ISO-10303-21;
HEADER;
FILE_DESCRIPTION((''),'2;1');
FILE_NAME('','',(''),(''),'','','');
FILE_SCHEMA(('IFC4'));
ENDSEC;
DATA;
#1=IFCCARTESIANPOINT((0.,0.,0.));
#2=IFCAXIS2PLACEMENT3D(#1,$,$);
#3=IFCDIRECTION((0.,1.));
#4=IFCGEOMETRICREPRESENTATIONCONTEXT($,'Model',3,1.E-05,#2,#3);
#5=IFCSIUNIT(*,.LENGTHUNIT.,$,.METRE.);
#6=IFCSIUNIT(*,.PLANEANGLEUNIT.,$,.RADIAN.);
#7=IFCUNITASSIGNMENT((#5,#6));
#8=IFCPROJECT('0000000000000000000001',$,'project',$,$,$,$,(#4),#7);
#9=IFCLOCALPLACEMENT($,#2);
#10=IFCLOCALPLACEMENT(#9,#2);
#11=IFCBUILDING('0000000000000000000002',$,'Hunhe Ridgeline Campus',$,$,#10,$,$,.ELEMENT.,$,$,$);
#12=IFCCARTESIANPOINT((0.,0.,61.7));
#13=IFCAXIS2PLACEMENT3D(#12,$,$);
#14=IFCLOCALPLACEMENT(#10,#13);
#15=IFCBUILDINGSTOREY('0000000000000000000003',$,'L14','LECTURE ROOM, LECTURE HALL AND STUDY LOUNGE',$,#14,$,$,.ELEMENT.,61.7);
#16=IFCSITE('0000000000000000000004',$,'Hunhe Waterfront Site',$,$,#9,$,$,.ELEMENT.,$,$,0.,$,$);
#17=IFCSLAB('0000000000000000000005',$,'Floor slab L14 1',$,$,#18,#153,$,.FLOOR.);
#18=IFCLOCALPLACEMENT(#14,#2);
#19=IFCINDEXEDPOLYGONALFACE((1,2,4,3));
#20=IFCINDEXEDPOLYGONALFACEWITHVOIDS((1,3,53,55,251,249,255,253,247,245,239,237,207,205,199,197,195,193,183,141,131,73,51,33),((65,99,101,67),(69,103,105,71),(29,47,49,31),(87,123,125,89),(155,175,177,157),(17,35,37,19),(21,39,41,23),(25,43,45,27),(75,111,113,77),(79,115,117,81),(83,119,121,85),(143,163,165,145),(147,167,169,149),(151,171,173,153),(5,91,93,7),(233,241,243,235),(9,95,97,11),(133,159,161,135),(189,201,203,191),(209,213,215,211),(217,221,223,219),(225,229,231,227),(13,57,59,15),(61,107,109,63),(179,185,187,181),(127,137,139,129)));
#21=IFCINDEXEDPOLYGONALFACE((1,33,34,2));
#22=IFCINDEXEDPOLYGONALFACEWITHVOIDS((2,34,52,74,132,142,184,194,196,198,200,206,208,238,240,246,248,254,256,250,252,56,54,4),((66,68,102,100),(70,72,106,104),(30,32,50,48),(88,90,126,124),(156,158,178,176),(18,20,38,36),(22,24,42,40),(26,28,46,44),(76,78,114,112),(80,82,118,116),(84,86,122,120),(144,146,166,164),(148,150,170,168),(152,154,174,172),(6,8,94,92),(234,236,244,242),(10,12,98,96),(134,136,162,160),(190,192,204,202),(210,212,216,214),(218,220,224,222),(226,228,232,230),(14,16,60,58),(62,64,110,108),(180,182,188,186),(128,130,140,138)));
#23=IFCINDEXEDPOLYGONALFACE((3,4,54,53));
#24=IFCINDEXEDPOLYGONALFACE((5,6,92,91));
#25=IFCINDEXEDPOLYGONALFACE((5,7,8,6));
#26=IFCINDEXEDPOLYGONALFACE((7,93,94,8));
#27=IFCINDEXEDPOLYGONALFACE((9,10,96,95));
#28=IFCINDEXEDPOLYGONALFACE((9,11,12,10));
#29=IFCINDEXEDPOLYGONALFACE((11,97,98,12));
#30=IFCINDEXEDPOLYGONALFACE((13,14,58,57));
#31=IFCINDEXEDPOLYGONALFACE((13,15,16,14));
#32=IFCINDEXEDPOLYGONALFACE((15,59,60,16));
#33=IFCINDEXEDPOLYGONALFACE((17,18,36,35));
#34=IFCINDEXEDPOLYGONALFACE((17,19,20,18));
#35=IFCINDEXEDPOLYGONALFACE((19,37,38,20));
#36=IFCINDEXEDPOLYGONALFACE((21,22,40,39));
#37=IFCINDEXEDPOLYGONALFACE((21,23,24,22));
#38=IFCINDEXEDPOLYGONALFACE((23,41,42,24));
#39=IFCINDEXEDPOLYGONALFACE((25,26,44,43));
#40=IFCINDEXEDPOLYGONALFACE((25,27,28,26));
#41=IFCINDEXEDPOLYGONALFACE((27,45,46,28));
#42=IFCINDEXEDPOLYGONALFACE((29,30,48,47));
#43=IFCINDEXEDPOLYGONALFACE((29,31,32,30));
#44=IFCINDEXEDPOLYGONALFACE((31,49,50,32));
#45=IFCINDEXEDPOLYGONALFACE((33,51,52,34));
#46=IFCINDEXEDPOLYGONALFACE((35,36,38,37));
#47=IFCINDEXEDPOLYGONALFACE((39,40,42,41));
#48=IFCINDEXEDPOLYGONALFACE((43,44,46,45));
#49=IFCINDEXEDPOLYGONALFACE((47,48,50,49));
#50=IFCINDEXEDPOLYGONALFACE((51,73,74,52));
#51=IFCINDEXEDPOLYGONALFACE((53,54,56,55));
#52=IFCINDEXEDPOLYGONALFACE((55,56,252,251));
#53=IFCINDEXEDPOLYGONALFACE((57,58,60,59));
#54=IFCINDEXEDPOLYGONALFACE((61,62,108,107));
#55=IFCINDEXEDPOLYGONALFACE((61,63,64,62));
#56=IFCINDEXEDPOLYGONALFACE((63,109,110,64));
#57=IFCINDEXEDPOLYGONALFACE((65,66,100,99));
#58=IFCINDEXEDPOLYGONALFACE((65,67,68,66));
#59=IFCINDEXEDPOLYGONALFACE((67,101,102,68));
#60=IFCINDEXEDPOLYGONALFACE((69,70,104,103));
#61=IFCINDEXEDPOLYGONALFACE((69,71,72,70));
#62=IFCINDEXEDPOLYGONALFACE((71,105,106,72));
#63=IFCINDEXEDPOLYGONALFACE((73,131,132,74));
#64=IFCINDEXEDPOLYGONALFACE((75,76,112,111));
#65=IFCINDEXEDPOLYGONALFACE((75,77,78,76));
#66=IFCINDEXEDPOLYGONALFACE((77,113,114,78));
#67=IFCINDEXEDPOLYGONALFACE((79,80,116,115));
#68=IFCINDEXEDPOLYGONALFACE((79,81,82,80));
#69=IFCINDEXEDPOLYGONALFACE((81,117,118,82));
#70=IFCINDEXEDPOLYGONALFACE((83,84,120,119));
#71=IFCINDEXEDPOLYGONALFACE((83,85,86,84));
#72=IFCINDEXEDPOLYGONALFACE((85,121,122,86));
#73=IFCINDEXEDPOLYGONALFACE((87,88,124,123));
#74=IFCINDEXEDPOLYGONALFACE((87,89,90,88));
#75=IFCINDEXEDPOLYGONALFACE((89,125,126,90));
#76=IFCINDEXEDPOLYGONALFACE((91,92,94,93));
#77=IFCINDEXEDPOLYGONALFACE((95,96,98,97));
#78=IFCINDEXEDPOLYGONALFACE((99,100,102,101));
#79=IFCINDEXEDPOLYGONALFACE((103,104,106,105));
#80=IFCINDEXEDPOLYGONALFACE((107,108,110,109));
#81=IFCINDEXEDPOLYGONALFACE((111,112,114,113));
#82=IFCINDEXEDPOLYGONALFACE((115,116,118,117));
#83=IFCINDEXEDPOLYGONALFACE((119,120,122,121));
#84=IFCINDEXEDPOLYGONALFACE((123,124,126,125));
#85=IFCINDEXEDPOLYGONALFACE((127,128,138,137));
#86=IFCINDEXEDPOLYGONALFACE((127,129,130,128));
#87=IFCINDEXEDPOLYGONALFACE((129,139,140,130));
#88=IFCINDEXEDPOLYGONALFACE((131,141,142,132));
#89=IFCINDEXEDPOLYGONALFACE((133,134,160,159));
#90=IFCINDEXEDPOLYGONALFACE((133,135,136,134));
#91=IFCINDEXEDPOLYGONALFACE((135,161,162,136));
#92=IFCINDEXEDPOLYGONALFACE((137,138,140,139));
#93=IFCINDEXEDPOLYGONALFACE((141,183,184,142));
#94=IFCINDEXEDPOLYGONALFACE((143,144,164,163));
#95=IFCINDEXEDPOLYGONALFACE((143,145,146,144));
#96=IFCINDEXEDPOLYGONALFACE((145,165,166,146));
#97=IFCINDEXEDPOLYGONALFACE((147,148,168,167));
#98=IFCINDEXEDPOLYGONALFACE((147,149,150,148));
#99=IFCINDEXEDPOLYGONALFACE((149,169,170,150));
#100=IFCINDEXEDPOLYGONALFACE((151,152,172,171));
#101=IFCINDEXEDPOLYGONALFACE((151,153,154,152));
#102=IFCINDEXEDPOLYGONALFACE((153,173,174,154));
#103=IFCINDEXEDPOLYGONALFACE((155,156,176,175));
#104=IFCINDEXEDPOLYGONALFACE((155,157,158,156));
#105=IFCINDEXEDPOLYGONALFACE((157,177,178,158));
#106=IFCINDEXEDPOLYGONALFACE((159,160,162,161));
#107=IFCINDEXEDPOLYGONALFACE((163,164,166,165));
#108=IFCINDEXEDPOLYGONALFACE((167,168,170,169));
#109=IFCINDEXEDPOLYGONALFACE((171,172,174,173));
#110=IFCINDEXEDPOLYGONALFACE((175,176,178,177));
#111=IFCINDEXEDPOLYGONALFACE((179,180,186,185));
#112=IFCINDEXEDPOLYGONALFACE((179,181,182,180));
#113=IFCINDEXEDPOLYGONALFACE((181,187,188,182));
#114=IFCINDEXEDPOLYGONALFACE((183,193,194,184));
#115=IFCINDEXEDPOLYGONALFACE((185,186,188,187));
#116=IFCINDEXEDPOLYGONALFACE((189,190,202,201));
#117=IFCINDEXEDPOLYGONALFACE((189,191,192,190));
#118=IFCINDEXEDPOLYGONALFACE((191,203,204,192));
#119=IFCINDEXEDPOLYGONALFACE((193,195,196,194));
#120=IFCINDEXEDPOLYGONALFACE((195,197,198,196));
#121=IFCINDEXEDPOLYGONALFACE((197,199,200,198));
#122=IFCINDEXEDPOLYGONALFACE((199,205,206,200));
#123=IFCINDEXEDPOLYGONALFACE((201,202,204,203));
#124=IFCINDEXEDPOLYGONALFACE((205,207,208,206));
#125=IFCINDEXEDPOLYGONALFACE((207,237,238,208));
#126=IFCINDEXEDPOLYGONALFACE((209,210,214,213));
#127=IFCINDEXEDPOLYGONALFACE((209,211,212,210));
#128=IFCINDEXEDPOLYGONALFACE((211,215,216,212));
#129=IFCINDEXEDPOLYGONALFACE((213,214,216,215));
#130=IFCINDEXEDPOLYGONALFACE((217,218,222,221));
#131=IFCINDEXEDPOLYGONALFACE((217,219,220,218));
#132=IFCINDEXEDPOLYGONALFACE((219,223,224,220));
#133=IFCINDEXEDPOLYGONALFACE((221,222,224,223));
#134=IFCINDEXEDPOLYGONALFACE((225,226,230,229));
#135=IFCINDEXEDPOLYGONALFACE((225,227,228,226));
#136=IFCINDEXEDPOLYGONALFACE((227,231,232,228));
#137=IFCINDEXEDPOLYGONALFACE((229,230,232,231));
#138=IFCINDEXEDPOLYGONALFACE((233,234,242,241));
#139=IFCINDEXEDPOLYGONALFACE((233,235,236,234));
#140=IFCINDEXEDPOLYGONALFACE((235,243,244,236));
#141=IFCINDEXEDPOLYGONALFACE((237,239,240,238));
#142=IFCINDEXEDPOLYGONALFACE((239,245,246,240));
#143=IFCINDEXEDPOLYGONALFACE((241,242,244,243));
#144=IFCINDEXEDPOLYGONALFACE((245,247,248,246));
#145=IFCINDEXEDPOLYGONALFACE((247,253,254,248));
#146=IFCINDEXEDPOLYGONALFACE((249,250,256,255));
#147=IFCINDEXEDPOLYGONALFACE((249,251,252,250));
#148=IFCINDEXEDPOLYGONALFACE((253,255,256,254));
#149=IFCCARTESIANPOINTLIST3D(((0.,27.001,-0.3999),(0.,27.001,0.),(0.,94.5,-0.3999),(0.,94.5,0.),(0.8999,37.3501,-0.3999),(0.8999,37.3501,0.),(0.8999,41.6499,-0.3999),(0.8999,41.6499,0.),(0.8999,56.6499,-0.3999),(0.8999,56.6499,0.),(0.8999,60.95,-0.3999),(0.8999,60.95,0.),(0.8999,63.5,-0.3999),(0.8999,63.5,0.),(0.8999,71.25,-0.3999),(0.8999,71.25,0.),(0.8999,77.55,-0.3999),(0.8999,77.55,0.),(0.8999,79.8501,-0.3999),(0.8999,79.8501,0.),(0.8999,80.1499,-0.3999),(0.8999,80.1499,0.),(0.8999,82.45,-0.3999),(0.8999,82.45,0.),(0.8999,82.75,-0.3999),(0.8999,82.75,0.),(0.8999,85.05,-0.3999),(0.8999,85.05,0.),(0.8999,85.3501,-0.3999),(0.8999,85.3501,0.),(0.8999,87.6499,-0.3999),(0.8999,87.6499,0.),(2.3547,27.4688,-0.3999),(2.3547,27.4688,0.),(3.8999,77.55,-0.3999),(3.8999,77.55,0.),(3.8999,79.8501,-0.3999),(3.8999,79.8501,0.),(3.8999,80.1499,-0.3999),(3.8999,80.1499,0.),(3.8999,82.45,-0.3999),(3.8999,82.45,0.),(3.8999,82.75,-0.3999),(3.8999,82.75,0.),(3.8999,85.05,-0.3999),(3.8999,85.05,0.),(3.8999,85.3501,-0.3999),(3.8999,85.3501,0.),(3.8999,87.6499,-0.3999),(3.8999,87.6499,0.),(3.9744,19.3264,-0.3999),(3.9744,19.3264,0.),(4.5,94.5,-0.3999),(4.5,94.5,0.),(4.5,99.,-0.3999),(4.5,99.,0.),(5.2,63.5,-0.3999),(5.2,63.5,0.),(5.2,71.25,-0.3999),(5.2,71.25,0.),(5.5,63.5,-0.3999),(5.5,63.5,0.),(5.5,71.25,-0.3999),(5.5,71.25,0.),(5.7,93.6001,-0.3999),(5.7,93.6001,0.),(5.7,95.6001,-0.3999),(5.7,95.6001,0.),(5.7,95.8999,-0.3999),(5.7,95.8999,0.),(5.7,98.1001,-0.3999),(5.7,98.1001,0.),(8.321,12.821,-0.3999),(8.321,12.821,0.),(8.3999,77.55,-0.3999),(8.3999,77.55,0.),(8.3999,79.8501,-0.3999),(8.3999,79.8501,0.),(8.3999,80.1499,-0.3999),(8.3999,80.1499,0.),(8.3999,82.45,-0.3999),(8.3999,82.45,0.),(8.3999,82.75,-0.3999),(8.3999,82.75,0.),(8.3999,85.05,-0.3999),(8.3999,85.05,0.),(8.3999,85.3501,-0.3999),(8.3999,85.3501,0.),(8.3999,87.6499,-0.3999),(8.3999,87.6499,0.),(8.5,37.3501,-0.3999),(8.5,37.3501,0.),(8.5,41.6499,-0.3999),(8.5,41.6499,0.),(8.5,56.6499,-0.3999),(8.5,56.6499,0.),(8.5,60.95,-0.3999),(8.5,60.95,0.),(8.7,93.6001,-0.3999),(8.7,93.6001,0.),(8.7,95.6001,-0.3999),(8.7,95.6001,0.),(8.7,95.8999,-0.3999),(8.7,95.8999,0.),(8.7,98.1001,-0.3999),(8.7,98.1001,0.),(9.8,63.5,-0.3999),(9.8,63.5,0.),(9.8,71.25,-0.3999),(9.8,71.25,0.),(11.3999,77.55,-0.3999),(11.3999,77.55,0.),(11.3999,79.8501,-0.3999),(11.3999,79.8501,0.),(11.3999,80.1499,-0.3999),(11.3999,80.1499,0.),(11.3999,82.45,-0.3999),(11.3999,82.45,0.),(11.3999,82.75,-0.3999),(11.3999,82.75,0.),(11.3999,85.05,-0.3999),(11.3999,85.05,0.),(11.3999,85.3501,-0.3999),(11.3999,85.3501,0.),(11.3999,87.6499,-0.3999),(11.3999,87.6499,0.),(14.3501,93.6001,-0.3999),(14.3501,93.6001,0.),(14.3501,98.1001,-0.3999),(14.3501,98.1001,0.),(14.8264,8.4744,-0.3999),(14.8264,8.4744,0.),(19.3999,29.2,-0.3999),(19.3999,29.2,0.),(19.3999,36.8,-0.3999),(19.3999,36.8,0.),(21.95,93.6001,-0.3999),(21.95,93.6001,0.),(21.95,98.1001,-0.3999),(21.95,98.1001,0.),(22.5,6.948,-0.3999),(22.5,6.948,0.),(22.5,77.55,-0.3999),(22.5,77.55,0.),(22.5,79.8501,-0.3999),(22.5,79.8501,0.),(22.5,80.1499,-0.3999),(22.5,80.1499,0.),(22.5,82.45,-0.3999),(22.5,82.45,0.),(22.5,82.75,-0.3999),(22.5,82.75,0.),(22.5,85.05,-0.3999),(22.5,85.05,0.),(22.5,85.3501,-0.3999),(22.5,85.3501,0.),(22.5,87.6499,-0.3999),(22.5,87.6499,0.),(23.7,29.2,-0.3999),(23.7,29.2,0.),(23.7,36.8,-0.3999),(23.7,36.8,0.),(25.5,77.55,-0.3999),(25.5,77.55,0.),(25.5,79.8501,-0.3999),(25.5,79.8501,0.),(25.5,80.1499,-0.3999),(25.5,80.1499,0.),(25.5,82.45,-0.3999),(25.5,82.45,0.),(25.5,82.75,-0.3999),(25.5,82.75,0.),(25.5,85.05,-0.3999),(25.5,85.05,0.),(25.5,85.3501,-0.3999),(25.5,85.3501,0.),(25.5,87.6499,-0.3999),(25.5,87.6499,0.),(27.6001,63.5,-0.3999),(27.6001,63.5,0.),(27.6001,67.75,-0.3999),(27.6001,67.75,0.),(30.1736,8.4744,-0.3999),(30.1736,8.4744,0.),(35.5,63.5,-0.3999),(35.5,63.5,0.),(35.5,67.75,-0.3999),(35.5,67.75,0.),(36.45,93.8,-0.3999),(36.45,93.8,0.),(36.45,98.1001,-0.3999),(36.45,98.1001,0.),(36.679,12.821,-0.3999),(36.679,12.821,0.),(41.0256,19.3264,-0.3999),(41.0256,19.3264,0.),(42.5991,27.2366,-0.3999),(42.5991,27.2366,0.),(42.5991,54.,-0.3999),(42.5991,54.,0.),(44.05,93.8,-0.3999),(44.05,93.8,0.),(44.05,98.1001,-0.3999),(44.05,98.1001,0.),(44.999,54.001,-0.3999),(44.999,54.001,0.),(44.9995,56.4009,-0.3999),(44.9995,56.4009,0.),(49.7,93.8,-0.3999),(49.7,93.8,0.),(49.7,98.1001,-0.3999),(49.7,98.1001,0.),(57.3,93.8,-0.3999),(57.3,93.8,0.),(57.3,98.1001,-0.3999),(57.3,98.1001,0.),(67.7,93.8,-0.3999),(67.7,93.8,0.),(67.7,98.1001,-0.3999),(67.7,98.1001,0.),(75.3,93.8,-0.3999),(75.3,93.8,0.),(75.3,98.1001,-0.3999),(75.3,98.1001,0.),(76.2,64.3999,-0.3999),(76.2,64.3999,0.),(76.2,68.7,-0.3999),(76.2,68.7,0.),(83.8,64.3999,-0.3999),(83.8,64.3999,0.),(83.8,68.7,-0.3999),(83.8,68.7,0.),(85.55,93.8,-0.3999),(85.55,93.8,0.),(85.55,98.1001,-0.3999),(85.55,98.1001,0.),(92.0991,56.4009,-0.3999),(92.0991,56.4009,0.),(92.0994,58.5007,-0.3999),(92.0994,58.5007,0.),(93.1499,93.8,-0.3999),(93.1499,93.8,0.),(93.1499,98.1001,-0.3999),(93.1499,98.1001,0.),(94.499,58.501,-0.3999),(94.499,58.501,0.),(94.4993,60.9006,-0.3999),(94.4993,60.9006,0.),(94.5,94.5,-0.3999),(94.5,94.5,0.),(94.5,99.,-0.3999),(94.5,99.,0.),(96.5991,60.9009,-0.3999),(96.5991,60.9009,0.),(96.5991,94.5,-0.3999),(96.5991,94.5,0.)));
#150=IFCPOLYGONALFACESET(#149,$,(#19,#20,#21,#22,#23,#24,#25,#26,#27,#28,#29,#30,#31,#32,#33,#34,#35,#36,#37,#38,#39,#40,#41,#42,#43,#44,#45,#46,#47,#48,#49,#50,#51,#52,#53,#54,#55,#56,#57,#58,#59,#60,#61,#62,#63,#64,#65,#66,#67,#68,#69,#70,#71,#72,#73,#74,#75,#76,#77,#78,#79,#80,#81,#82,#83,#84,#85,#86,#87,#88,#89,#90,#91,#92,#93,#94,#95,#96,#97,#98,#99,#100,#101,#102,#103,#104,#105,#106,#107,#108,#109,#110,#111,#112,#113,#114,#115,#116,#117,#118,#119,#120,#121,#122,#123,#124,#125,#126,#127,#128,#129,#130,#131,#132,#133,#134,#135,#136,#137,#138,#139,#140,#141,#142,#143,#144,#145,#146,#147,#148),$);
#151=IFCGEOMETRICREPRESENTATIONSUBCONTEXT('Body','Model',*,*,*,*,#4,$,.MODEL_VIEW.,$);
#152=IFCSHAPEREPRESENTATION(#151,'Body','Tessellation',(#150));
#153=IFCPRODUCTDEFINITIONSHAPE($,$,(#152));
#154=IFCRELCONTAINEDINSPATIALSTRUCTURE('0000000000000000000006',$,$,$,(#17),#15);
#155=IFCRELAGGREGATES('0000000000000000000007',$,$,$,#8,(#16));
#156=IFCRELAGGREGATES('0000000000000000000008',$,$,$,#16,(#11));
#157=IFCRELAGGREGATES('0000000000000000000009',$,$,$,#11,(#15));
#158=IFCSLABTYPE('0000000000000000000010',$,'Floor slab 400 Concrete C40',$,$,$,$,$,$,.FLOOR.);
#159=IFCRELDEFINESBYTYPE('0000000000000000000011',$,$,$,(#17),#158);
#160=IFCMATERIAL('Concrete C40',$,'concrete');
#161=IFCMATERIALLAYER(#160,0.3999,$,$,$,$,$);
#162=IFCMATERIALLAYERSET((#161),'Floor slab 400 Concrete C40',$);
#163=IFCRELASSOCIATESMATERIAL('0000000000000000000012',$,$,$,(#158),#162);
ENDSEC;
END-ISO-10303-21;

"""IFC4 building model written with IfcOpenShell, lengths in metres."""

from ifc_helpers import new_model, si_unit, direction, frame, origin, place, context, subcontext, project, spatial, polyline, outline, extrude, material, layer, layer_set, type_object, element, save


model = new_model("IFC4")

# Units and contexts
model_context = context("Model", 3, precision=1e-05, world=origin(), true_north=direction((0.0, 1.0)))
body_context = subcontext(model_context, "Body", "Model", "MODEL_VIEW")
ifc_project = project(units=[si_unit("LENGTHUNIT", "METRE"), si_unit("PLANEANGLEUNIT", "RADIAN")], contexts=[model_context])

# Site, building, storey
site_placement = place(None, origin())
site = spatial("IfcSite", under=ifc_project, at=site_placement, Name="Hunhe Waterfront Site", CompositionType="ELEMENT", RefElevation=0.0)
building_placement = place(site_placement, origin())
building = spatial("IfcBuilding", under=site, at=building_placement, Name="Hunhe Ridgeline Campus", CompositionType="ELEMENT")
storey_placement = place(building_placement, frame((0.0, 0.0, 61.7)))
storey = spatial("IfcBuildingStorey", under=building, at=storey_placement, Name="L14", Description="LECTURE ROOM, LECTURE HALL AND STUDY LOUNGE", CompositionType="ELEMENT", Elevation=61.7)

# Slab
ifc_material_1 = material(Name="Concrete C40", Category="concrete")
ifc_layer_1 = layer(ifc_material_1, 0.3999)
ifc_layer_set_1 = layer_set([ifc_layer_1], Name="Floor slab 400 Concrete C40")
slab_type_1 = type_object("IfcSlabType", Name="Floor slab 400 Concrete C40", PredefinedType="FLOOR", material=ifc_layer_set_1)
slab_1_placement = place(storey_placement, frame((0.0, 0.0, -0.3999)))
element("IfcSlab", 1, at=slab_1_placement, inside=storey, type_object=slab_type_1, Name="Floor slab L14 1", PredefinedType="FLOOR", context=body_context, shape_type="SweptSolid", body=[
    extrude(outline(polyline([(4.5, 94.5), (0.0, 94.5), (0.0, 27.001), (2.3547, 27.4688), (3.9744, 19.3264), (8.321, 12.821), (14.8264, 8.4744), (22.5, 6.948), (30.1736, 8.4744), (36.679, 12.821), (41.0256, 19.3264), (42.5991, 27.2366), (42.5991, 54.0), (44.999, 54.001), (44.9995, 56.4009), (92.0991, 56.4009), (92.0994, 58.5007), (94.499, 58.501), (94.4993, 60.9006), (96.5991, 60.9009), (96.5991, 94.5), (94.5, 94.5), (94.5, 99.0), (4.5, 99.0), (4.5, 94.5)]), holes=[polyline([(93.1499, 93.8), (93.1499, 98.1001), (85.55, 98.1001), (85.55, 93.8), (93.1499, 93.8)]), polyline([(76.2, 68.7), (76.2, 64.3999), (83.8, 64.3999), (83.8, 68.7), (76.2, 68.7)]), polyline([(75.3, 98.1001), (67.7, 98.1001), (67.7, 93.8), (75.3, 93.8), (75.3, 98.1001)]), polyline([(49.7, 98.1001), (49.7, 93.8), (57.3, 93.8), (57.3, 98.1001), (49.7, 98.1001)]), polyline([(36.45, 93.8), (44.05, 93.8), (44.05, 98.1001), (36.45, 98.1001), (36.45, 93.8)]), polyline([(35.5, 63.5), (35.5, 67.75), (27.6001, 67.75), (27.6001, 63.5), (35.5, 63.5)]), polyline([(25.5, 80.1499), (25.5, 82.45), (22.5, 82.45), (22.5, 80.1499), (25.5, 80.1499)]), polyline([(25.5, 79.8501), (22.5, 79.8501), (22.5, 77.55), (25.5, 77.55), (25.5, 79.8501)]), polyline([(22.5, 87.6499), (22.5, 85.3501), (25.5, 85.3501), (25.5, 87.6499), (22.5, 87.6499)]), polyline([(22.5, 82.75), (25.5, 82.75), (25.5, 85.05), (22.5, 85.05), (22.5, 82.75)]), polyline([(23.7, 29.2), (23.7, 36.8), (19.3999, 36.8), (19.3999, 29.2), (23.7, 29.2)]), polyline([(14.3501, 93.6001), (21.95, 93.6001), (21.95, 98.1001), (14.3501, 98.1001), (14.3501, 93.6001)]), polyline([(11.3999, 79.8501), (8.3999, 79.8501), (8.3999, 77.55), (11.3999, 77.55), (11.3999, 79.8501)]), polyline([(11.3999, 80.1499), (11.3999, 82.45), (8.3999, 82.45), (8.3999, 80.1499), (11.3999, 80.1499)]), polyline([(8.3999, 87.6499), (8.3999, 85.3501), (11.3999, 85.3501), (11.3999, 87.6499), (8.3999, 87.6499)]), polyline([(8.3999, 82.75), (11.3999, 82.75), (11.3999, 85.05), (8.3999, 85.05), (8.3999, 82.75)]), polyline([(9.8, 71.25), (5.5, 71.25), (5.5, 63.5), (9.8, 63.5), (9.8, 71.25)]), polyline([(8.7, 95.8999), (8.7, 98.1001), (5.7, 98.1001), (5.7, 95.8999), (8.7, 95.8999)]), polyline([(8.7, 95.6001), (5.7, 95.6001), (5.7, 93.6001), (8.7, 93.6001), (8.7, 95.6001)]), polyline([(0.8999, 37.3501), (8.5, 37.3501), (8.5, 41.6499), (0.8999, 41.6499), (0.8999, 37.3501)]), polyline([(0.8999, 60.95), (0.8999, 56.6499), (8.5, 56.6499), (8.5, 60.95), (0.8999, 60.95)]), polyline([(0.8999, 71.25), (0.8999, 63.5), (5.2, 63.5), (5.2, 71.25), (0.8999, 71.25)]), polyline([(3.8999, 80.1499), (3.8999, 82.45), (0.8999, 82.45), (0.8999, 80.1499), (3.8999, 80.1499)]), polyline([(3.8999, 79.8501), (0.8999, 79.8501), (0.8999, 77.55), (3.8999, 77.55), (3.8999, 79.8501)]), polyline([(0.8999, 87.6499), (0.8999, 85.3501), (3.8999, 85.3501), (3.8999, 87.6499), (0.8999, 87.6499)]), polyline([(0.8999, 82.75), (3.8999, 82.75), (3.8999, 85.05), (0.8999, 85.05), (0.8999, 82.75)])]), origin(), (0.0, 0.0, 1.0), 0.3999),
])

save(model, "model.ifc")
